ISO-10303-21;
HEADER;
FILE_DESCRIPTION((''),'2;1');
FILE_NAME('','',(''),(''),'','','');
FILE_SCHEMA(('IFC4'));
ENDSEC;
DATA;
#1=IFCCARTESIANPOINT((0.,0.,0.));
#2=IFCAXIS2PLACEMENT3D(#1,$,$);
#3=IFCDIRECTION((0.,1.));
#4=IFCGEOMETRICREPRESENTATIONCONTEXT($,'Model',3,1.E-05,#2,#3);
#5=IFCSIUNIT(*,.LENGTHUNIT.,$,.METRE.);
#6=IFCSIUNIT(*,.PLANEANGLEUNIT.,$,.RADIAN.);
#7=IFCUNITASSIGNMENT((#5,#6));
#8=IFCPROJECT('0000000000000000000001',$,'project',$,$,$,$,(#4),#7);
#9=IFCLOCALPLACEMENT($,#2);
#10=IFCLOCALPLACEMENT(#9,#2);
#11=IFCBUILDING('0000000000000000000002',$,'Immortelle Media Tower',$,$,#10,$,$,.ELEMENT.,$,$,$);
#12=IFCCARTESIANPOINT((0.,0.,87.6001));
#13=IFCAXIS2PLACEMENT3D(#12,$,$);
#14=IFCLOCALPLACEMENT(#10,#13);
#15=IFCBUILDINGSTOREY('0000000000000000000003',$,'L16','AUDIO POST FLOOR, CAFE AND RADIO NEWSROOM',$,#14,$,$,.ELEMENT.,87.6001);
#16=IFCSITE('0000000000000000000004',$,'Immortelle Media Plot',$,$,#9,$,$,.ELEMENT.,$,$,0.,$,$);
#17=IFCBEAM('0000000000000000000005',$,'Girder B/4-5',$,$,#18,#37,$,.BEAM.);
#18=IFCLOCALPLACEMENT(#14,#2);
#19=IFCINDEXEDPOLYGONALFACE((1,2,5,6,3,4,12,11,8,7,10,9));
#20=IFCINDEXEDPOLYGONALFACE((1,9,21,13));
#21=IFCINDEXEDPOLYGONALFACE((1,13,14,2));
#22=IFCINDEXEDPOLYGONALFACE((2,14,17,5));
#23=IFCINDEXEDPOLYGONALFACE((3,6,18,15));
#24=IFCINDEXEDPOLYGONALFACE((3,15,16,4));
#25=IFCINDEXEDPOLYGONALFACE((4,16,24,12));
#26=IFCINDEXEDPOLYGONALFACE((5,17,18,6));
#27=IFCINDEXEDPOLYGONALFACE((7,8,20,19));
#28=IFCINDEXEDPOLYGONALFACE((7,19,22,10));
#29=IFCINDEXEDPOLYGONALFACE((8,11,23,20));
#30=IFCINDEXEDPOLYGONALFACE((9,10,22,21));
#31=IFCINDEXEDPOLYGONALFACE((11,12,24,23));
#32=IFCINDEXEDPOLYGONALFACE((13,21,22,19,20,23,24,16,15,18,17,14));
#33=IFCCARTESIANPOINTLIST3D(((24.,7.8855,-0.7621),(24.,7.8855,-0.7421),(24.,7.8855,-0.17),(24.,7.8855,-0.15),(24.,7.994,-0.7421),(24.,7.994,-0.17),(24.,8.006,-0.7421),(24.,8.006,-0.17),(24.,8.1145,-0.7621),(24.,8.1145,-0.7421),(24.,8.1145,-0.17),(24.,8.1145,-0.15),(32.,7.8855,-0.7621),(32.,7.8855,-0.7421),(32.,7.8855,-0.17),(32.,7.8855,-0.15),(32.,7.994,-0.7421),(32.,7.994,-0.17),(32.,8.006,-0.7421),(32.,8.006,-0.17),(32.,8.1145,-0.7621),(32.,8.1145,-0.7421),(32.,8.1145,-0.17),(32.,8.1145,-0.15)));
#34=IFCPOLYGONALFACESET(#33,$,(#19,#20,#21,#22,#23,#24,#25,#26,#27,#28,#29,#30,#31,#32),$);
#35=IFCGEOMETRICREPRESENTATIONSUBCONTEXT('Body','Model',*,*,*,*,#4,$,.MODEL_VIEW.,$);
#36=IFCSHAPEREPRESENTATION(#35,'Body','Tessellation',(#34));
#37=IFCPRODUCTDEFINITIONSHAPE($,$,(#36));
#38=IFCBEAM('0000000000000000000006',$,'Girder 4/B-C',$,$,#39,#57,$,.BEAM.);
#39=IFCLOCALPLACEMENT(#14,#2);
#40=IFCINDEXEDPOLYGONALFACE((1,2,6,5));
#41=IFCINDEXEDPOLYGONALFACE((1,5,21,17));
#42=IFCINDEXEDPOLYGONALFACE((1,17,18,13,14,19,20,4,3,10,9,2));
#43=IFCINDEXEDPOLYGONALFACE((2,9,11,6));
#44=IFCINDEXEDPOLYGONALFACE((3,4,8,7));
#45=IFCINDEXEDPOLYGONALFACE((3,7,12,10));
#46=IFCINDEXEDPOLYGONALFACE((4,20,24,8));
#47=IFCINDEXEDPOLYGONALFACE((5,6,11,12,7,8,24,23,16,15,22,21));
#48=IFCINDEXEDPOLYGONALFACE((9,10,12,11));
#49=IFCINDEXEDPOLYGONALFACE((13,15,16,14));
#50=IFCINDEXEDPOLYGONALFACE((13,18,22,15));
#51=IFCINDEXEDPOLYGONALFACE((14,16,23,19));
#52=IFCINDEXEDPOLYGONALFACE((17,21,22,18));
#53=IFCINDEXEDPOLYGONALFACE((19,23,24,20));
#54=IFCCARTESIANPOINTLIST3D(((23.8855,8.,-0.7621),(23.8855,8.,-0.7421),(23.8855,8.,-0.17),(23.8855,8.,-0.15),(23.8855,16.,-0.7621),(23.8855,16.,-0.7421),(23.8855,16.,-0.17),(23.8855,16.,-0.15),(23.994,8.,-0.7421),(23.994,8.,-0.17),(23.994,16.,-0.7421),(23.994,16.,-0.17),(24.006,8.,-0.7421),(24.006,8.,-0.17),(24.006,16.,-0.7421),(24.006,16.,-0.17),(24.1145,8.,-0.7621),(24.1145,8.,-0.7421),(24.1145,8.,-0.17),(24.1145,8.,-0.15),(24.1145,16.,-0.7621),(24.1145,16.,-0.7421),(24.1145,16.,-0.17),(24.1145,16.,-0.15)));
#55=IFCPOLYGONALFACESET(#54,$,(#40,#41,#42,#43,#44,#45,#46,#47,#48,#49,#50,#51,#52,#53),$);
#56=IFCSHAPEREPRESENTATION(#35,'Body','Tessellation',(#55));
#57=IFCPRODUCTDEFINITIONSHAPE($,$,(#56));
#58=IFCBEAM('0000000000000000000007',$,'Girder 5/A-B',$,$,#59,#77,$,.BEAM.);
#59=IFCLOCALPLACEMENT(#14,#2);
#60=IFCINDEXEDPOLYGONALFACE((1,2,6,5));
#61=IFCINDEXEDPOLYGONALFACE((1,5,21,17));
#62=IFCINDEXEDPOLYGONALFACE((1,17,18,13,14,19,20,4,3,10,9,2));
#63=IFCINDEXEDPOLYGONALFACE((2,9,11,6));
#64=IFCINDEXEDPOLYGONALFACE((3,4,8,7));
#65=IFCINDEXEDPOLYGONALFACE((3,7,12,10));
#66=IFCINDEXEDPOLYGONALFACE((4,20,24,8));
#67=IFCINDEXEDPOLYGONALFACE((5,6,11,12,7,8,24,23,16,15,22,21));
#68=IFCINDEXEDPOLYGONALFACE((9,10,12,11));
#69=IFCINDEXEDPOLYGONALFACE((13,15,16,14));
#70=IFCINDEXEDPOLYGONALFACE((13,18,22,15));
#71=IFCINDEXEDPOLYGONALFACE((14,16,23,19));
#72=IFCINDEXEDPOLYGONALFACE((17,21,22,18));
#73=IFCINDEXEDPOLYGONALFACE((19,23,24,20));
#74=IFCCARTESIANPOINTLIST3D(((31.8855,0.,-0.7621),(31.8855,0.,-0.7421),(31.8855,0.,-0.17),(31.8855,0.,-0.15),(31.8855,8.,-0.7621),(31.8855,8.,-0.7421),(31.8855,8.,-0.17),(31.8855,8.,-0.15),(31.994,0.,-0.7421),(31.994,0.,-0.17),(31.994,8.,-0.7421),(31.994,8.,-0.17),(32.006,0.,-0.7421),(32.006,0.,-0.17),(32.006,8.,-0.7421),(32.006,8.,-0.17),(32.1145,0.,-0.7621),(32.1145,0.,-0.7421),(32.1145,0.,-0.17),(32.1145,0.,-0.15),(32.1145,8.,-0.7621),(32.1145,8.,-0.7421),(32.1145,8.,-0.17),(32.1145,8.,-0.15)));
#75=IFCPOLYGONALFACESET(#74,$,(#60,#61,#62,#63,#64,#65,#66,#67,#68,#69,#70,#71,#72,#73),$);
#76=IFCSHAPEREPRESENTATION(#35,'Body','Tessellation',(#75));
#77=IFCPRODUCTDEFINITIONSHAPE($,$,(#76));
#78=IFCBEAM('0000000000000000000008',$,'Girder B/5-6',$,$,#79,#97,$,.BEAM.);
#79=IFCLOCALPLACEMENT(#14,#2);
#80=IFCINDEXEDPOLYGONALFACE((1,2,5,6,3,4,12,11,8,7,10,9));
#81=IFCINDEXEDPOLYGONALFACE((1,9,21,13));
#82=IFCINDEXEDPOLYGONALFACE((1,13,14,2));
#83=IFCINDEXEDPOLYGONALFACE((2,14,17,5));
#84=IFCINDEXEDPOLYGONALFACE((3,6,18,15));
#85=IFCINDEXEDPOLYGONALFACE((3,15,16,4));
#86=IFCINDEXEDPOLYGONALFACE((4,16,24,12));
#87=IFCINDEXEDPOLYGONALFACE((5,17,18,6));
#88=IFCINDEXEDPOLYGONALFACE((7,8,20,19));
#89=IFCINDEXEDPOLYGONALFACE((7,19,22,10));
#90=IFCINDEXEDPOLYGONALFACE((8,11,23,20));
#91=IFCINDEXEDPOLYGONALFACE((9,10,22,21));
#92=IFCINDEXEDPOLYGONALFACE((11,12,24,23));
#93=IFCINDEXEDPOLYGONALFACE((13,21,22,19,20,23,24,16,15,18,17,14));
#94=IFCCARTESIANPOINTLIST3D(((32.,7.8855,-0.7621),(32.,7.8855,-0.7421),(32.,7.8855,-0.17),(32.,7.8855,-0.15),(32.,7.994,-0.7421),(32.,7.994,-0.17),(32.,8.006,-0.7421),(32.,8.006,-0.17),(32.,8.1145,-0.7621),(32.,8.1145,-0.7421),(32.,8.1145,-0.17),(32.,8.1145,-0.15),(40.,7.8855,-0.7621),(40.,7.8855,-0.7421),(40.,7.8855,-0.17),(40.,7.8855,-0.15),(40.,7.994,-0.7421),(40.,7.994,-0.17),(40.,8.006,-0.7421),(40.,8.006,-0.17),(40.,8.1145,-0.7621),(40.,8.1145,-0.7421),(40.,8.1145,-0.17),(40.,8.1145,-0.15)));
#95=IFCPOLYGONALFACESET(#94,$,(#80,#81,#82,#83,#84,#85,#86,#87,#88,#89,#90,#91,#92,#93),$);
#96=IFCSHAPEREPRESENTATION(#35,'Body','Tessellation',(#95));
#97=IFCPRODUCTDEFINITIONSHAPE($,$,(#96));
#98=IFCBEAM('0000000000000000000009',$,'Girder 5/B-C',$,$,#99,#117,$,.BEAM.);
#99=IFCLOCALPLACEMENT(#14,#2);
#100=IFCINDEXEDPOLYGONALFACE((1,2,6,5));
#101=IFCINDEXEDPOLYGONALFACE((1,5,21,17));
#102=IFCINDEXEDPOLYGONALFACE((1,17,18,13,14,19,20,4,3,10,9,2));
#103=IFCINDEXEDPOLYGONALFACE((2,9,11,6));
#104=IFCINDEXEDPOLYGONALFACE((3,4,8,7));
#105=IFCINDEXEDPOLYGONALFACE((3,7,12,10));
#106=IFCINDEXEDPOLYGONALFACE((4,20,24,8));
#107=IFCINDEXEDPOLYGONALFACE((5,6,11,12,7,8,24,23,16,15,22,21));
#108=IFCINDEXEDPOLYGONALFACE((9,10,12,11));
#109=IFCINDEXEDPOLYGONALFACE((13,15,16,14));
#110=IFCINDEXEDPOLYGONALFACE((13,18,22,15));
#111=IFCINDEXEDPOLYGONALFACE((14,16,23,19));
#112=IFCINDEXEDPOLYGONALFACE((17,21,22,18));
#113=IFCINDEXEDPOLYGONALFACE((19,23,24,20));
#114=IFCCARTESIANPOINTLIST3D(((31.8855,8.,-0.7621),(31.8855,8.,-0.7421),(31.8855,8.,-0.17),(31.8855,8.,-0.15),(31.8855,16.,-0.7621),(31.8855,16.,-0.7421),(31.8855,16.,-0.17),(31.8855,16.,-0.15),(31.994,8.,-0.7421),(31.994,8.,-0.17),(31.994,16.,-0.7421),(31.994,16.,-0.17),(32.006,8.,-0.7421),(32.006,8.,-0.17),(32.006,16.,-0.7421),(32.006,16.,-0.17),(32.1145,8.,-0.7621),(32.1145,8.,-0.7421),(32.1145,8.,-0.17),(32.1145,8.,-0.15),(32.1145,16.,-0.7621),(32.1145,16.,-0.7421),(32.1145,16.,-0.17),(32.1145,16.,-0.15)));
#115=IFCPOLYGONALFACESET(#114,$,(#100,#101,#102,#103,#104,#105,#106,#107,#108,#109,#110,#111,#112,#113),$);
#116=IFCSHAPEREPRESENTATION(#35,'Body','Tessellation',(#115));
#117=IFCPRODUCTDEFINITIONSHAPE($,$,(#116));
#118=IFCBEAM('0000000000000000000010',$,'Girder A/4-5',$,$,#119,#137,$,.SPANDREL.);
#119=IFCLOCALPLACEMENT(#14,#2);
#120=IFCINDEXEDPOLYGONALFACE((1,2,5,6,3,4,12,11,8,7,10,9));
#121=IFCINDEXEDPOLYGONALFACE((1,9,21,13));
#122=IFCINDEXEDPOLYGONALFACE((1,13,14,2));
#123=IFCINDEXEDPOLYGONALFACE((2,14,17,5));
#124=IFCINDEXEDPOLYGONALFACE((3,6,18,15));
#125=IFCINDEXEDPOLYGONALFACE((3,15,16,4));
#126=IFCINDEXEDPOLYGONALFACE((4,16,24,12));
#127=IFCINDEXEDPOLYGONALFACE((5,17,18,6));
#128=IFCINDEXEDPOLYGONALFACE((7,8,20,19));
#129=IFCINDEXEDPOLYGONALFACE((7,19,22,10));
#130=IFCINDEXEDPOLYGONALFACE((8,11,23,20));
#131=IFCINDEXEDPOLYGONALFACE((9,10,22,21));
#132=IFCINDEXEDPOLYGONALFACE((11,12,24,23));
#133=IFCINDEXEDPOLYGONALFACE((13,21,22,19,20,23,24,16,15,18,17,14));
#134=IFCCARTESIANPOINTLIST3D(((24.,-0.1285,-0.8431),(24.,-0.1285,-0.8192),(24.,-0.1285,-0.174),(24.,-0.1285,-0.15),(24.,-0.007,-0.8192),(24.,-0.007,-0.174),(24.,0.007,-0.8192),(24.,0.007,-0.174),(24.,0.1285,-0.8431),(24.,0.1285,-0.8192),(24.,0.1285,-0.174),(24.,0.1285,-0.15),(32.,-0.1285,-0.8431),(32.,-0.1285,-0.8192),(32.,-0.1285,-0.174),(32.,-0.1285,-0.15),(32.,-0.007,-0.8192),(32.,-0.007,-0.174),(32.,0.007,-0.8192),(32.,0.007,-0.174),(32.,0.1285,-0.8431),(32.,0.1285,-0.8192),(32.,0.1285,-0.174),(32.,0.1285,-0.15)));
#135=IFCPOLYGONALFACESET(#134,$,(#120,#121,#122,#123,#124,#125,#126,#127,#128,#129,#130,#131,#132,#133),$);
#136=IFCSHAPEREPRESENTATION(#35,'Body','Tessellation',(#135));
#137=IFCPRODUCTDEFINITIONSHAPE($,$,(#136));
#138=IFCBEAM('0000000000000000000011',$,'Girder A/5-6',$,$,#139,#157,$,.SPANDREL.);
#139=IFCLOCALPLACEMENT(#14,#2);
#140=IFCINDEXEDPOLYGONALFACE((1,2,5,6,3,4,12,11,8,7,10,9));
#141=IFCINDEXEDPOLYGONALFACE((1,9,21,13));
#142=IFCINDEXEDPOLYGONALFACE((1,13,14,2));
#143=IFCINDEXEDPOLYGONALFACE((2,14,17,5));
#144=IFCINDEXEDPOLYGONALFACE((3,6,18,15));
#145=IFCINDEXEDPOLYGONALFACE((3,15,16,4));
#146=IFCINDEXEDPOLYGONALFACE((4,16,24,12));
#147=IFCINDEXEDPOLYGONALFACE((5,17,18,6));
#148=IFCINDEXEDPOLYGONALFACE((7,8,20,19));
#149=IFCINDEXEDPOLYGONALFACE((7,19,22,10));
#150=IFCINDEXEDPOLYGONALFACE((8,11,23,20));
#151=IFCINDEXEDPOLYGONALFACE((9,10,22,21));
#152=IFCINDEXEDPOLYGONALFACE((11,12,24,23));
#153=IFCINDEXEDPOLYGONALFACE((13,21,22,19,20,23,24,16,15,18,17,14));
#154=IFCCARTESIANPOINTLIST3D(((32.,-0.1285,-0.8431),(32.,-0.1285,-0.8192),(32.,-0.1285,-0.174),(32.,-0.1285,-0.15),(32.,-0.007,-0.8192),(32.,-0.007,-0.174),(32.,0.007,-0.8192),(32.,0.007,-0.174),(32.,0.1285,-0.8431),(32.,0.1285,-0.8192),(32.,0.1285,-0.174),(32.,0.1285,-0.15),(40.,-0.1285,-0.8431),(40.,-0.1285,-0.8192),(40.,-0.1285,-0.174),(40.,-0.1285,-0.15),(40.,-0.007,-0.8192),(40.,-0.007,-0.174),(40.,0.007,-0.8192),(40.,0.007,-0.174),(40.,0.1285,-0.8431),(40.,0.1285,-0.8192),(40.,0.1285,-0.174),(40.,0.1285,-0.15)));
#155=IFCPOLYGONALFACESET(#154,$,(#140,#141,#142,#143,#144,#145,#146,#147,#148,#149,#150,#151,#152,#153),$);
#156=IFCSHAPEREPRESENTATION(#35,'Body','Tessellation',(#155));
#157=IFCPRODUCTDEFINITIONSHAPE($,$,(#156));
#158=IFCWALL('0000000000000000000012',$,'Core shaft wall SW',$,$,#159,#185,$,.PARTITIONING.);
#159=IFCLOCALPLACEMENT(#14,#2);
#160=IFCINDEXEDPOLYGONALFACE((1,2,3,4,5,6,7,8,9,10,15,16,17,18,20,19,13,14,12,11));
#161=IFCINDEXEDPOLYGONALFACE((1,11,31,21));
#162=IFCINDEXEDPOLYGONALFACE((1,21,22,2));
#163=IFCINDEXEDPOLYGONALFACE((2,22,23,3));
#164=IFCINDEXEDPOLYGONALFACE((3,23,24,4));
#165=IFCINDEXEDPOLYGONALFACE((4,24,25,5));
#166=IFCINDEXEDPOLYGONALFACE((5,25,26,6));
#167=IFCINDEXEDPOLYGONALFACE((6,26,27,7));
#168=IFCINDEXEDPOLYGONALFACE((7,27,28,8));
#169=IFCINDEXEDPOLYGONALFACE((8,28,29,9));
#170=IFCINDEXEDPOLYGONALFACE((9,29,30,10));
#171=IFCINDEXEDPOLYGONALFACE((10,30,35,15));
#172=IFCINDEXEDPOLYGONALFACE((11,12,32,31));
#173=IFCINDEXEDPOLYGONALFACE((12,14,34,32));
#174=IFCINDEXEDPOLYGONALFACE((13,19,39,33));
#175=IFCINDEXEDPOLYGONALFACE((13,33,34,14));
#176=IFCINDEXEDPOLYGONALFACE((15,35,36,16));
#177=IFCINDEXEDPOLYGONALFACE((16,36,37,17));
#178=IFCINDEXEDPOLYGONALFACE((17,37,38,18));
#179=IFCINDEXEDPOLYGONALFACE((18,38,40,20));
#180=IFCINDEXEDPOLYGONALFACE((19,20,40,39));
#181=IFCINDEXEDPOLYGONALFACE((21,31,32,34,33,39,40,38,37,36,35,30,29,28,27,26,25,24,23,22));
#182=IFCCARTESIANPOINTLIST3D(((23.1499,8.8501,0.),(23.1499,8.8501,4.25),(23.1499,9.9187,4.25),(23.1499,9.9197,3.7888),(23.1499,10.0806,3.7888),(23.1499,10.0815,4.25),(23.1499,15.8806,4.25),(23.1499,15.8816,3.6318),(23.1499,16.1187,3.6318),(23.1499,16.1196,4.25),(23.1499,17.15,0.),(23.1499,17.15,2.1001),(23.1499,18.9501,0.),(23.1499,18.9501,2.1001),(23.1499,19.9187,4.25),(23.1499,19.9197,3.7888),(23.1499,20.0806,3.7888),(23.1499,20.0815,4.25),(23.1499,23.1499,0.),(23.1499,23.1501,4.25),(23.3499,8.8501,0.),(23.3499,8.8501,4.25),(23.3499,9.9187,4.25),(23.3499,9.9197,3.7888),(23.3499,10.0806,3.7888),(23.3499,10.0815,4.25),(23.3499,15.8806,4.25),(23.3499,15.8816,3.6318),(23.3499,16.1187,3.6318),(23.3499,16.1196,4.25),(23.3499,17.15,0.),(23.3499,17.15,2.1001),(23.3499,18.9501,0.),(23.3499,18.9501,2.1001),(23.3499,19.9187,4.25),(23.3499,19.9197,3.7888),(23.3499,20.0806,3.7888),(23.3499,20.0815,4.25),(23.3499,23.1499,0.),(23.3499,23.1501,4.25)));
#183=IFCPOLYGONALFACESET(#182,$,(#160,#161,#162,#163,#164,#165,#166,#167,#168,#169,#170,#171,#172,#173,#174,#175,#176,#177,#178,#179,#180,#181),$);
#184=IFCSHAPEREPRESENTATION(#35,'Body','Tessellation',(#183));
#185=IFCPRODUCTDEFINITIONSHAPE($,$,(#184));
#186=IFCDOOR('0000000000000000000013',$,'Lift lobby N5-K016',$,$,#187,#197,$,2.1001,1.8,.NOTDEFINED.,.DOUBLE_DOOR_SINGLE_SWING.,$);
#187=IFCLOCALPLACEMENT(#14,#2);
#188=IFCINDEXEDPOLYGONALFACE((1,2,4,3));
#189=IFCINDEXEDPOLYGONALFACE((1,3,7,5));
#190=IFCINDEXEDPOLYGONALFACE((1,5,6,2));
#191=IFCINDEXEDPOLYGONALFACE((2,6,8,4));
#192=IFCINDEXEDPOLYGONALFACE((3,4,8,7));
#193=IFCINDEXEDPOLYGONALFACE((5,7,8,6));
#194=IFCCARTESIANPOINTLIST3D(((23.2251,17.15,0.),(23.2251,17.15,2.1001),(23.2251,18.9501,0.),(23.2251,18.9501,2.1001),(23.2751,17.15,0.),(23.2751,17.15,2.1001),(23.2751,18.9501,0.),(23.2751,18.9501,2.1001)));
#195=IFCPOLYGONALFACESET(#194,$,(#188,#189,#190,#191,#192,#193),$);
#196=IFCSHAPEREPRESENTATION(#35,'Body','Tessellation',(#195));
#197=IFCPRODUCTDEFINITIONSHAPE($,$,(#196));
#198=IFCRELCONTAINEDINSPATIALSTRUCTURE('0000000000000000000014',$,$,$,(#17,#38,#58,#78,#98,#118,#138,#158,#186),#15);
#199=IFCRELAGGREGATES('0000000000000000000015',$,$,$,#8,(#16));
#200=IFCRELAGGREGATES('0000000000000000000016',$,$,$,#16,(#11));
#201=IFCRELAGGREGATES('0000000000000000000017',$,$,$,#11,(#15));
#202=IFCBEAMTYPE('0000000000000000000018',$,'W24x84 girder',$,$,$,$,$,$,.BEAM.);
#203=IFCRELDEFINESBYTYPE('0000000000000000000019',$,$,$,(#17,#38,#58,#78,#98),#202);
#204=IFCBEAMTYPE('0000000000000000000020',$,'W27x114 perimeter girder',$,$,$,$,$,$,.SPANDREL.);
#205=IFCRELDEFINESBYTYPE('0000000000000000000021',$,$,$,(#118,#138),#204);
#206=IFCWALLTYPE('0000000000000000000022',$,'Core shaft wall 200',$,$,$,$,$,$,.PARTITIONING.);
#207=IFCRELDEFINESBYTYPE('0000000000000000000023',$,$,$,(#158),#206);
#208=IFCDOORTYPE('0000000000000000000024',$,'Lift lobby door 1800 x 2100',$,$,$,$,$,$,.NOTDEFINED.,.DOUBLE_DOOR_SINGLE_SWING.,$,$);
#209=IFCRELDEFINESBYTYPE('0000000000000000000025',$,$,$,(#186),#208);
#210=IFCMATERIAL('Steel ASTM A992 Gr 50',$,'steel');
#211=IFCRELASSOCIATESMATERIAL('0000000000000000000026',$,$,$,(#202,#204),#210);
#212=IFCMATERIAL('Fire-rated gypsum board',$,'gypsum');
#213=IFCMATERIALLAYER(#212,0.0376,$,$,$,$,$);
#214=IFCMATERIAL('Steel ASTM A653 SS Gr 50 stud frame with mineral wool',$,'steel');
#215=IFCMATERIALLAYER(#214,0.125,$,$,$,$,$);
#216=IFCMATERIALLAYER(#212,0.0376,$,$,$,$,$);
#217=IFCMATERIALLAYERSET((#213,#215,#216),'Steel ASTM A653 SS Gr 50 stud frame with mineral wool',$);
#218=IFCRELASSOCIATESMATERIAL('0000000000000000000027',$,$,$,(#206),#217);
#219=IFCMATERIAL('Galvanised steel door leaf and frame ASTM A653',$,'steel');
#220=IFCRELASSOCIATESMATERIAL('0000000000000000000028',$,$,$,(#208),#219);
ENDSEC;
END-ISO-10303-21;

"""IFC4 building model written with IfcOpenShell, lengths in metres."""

from ifc_helpers import new_model, si_unit, direction, frame, frame_2d, origin, origin_2d, place, context, subcontext, project, spatial, polyline, rectangle, i_section, outline, extrude, material, layer, layer_set, material_profile, profile_set, type_object, element, fill, save


model = new_model("IFC4")

# Units and contexts
model_context = context("Model", 3, precision=1e-05, world=origin(), true_north=direction((0.0, 1.0)))
body_context = subcontext(model_context, "Body", "Model", "MODEL_VIEW")
ifc_project = project(units=[si_unit("LENGTHUNIT", "METRE"), si_unit("PLANEANGLEUNIT", "RADIAN")], contexts=[model_context])

# Site, building, storey
site_placement = place(None, origin())
site = spatial("IfcSite", under=ifc_project, at=site_placement, Name="Immortelle Media Plot", CompositionType="ELEMENT", RefElevation=0.0)
building_placement = place(site_placement, origin())
building = spatial("IfcBuilding", under=site, at=building_placement, Name="Immortelle Media Tower", CompositionType="ELEMENT")
storey_placement = place(building_placement, frame((0.0, 0.0, 87.6001)))
storey = spatial("IfcBuildingStorey", under=building, at=storey_placement, Name="L16", Description="AUDIO POST FLOOR, CAFE AND RADIO NEWSROOM", CompositionType="ELEMENT", Elevation=87.6001)

# Shared definitions
ifc_material_1 = material(Name="Steel ASTM A992 Gr 50", Category="steel")

# Beams
ifc_material_profile_1 = material_profile(ifc_material_1, i_section(OverallWidth=0.229, OverallDepth=0.6121, WebThickness=0.012, FlangeThickness=0.02, at=origin_2d()), Name="W24x84")
ifc_profile_set_1 = profile_set([ifc_material_profile_1], Name="Steel ASTM A992 Gr 50")
beam_type_1 = type_object("IfcBeamType", Name="W24x84 girder", PredefinedType="BEAM", material=ifc_profile_set_1)
for number, where, z_axis, x_axis, name in (
    (1, (24.0, 8.0, -0.4561), (1.0, 0.0, 0.0), (0.0, 1.0, 0.0), "Girder B/4-5"),
    (2, (24.0, 8.0, -0.4561), (0.0, 1.0, 0.0), (-1.0, 0.0, 0.0), "Girder 4/B-C"),
    (3, (32.0, 0.0, -0.4561), (0.0, 1.0, 0.0), (-1.0, 0.0, 0.0), "Girder 5/A-B"),
    (4, (32.0, 8.0, -0.4561), (1.0, 0.0, 0.0), (0.0, 1.0, 0.0), "Girder B/5-6"),
    (5, (32.0, 8.0, -0.4561), (0.0, 1.0, 0.0), (-1.0, 0.0, 0.0), "Girder 5/B-C"),
):
    element("IfcBeam", number, at=place(storey_placement, frame(where, z_axis=z_axis, x_axis=x_axis)), inside=storey, type_object=beam_type_1, Name=name, PredefinedType="BEAM", context=body_context, shape_type="SweptSolid", body=[
        extrude(i_section(OverallWidth=0.229, OverallDepth=0.6121, WebThickness=0.012, FlangeThickness=0.02, at=origin_2d()), origin(), (0.0, 0.0, 1.0), 8.0),
    ])
ifc_material_profile_2 = material_profile(ifc_material_1, i_section(OverallWidth=0.2571, OverallDepth=0.6931, WebThickness=0.0139, FlangeThickness=0.0239, at=origin_2d()), Name="W27x114")
ifc_profile_set_2 = profile_set([ifc_material_profile_2], Name="Steel ASTM A992 Gr 50")
beam_type_2 = type_object("IfcBeamType", Name="W27x114 perimeter girder", PredefinedType="SPANDREL", material=ifc_profile_set_2)
for number, where, z_axis, x_axis, name in (
    (6, (24.0, 0.0, -0.4966), (1.0, 0.0, 0.0), (0.0, 1.0, 0.0), "Girder A/4-5"),
    (7, (32.0, 0.0, -0.4966), (1.0, 0.0, 0.0), (0.0, 1.0, 0.0), "Girder A/5-6"),
):
    element("IfcBeam", number, at=place(storey_placement, frame(where, z_axis=z_axis, x_axis=x_axis)), inside=storey, type_object=beam_type_2, Name=name, PredefinedType="SPANDREL", context=body_context, shape_type="SweptSolid", body=[
        extrude(i_section(OverallWidth=0.2571, OverallDepth=0.6931, WebThickness=0.0139, FlangeThickness=0.0239, at=origin_2d()), origin(), (0.0, 0.0, 1.0), 8.0),
    ])

# Wall, opening, door
ifc_material_2 = material(Name="Fire-rated gypsum board", Category="gypsum")
ifc_layer_1 = layer(ifc_material_2, 0.0376)
ifc_material_3 = material(Name="Steel ASTM A653 SS Gr 50 stud frame with mineral wool", Category="steel")
ifc_layer_2 = layer(ifc_material_3, 0.125)
ifc_layer_3 = layer(ifc_material_2, 0.0376)
ifc_layer_set_1 = layer_set([ifc_layer_1, ifc_layer_2, ifc_layer_3], Name="Steel ASTM A653 SS Gr 50 stud frame with mineral wool")
wall_type_1 = type_object("IfcWallType", Name="Core shaft wall 200", PredefinedType="PARTITIONING", material=ifc_layer_set_1)
wall_1_placement = place(storey_placement, frame((23.25, 8.8501, 0.0), z_axis=(0.0, 0.0, 1.0), x_axis=(0.0, 1.0, 0.0)))
wall_1 = element("IfcWall", 8, at=wall_1_placement, inside=storey, type_object=wall_type_1, Name="Core shaft wall SW", PredefinedType="PARTITIONING", context=body_context, shape_type="SweptSolid", body=[
    extrude(outline(polyline([(0.0, 0.0), (14.2998, 0.0), (14.3, 4.25), (11.2314, 4.25), (11.2305, 3.7888), (11.0696, 3.7888), (11.0686, 4.25), (7.2695, 4.25), (7.2686, 3.6318), (7.0315, 3.6318), (7.0305, 4.25), (1.2314, 4.25), (1.2305, 3.7888), (1.0696, 3.7888), (1.0686, 4.25), (0.0, 4.25), (0.0, 0.0)])), frame((0.0, 0.1001, 0.0), z_axis=(0.0, -1.0, 0.0), x_axis=(1.0, 0.0, 0.0)), (0.0, 0.0, 1.0), 0.2),
])
opening_1_placement = place(wall_1_placement, frame((8.3, 0.0, 0.0)))
opening_1 = element("IfcOpeningElement", 9, at=opening_1_placement, cuts=wall_1, PredefinedType="OPENING", context=body_context, shape_type="SweptSolid", body=[
    extrude(rectangle(XDim=1.8, YDim=2.1001, at=frame_2d((0.8999, 1.05))), frame((0.0, 0.1099, 0.0), z_axis=(0.0, -1.0, 0.0), x_axis=(1.0, 0.0, 0.0)), (0.0, 0.0, 1.0), 0.22),
])
ifc_material_4 = material(Name="Galvanised steel door leaf and frame ASTM A653", Category="steel")
door_type_1 = type_object("IfcDoorType", Name="Lift lobby door 1800 x 2100", OperationType="DOUBLE_DOOR_SINGLE_SWING", PredefinedType="NOTDEFINED", material=ifc_material_4)
door_1_placement = place(opening_1_placement, origin())
door_1 = element("IfcDoor", 10, at=door_1_placement, inside=storey, type_object=door_type_1, Name="Lift lobby N5-K016", OperationType="DOUBLE_DOOR_SINGLE_SWING", OverallHeight=2.1001, OverallWidth=1.8, PredefinedType="NOTDEFINED", context=body_context, shape_type="SweptSolid", body=[
    extrude(rectangle(XDim=1.8, YDim=2.1001, at=frame_2d((0.8999, 1.05))), frame((0.0, 0.0249, 0.0), z_axis=(0.0, -1.0, 0.0), x_axis=(1.0, 0.0, 0.0)), (0.0, 0.0, 1.0), 0.05),
])
fill(opening_1, door_1)

save(model, "model.ifc")
